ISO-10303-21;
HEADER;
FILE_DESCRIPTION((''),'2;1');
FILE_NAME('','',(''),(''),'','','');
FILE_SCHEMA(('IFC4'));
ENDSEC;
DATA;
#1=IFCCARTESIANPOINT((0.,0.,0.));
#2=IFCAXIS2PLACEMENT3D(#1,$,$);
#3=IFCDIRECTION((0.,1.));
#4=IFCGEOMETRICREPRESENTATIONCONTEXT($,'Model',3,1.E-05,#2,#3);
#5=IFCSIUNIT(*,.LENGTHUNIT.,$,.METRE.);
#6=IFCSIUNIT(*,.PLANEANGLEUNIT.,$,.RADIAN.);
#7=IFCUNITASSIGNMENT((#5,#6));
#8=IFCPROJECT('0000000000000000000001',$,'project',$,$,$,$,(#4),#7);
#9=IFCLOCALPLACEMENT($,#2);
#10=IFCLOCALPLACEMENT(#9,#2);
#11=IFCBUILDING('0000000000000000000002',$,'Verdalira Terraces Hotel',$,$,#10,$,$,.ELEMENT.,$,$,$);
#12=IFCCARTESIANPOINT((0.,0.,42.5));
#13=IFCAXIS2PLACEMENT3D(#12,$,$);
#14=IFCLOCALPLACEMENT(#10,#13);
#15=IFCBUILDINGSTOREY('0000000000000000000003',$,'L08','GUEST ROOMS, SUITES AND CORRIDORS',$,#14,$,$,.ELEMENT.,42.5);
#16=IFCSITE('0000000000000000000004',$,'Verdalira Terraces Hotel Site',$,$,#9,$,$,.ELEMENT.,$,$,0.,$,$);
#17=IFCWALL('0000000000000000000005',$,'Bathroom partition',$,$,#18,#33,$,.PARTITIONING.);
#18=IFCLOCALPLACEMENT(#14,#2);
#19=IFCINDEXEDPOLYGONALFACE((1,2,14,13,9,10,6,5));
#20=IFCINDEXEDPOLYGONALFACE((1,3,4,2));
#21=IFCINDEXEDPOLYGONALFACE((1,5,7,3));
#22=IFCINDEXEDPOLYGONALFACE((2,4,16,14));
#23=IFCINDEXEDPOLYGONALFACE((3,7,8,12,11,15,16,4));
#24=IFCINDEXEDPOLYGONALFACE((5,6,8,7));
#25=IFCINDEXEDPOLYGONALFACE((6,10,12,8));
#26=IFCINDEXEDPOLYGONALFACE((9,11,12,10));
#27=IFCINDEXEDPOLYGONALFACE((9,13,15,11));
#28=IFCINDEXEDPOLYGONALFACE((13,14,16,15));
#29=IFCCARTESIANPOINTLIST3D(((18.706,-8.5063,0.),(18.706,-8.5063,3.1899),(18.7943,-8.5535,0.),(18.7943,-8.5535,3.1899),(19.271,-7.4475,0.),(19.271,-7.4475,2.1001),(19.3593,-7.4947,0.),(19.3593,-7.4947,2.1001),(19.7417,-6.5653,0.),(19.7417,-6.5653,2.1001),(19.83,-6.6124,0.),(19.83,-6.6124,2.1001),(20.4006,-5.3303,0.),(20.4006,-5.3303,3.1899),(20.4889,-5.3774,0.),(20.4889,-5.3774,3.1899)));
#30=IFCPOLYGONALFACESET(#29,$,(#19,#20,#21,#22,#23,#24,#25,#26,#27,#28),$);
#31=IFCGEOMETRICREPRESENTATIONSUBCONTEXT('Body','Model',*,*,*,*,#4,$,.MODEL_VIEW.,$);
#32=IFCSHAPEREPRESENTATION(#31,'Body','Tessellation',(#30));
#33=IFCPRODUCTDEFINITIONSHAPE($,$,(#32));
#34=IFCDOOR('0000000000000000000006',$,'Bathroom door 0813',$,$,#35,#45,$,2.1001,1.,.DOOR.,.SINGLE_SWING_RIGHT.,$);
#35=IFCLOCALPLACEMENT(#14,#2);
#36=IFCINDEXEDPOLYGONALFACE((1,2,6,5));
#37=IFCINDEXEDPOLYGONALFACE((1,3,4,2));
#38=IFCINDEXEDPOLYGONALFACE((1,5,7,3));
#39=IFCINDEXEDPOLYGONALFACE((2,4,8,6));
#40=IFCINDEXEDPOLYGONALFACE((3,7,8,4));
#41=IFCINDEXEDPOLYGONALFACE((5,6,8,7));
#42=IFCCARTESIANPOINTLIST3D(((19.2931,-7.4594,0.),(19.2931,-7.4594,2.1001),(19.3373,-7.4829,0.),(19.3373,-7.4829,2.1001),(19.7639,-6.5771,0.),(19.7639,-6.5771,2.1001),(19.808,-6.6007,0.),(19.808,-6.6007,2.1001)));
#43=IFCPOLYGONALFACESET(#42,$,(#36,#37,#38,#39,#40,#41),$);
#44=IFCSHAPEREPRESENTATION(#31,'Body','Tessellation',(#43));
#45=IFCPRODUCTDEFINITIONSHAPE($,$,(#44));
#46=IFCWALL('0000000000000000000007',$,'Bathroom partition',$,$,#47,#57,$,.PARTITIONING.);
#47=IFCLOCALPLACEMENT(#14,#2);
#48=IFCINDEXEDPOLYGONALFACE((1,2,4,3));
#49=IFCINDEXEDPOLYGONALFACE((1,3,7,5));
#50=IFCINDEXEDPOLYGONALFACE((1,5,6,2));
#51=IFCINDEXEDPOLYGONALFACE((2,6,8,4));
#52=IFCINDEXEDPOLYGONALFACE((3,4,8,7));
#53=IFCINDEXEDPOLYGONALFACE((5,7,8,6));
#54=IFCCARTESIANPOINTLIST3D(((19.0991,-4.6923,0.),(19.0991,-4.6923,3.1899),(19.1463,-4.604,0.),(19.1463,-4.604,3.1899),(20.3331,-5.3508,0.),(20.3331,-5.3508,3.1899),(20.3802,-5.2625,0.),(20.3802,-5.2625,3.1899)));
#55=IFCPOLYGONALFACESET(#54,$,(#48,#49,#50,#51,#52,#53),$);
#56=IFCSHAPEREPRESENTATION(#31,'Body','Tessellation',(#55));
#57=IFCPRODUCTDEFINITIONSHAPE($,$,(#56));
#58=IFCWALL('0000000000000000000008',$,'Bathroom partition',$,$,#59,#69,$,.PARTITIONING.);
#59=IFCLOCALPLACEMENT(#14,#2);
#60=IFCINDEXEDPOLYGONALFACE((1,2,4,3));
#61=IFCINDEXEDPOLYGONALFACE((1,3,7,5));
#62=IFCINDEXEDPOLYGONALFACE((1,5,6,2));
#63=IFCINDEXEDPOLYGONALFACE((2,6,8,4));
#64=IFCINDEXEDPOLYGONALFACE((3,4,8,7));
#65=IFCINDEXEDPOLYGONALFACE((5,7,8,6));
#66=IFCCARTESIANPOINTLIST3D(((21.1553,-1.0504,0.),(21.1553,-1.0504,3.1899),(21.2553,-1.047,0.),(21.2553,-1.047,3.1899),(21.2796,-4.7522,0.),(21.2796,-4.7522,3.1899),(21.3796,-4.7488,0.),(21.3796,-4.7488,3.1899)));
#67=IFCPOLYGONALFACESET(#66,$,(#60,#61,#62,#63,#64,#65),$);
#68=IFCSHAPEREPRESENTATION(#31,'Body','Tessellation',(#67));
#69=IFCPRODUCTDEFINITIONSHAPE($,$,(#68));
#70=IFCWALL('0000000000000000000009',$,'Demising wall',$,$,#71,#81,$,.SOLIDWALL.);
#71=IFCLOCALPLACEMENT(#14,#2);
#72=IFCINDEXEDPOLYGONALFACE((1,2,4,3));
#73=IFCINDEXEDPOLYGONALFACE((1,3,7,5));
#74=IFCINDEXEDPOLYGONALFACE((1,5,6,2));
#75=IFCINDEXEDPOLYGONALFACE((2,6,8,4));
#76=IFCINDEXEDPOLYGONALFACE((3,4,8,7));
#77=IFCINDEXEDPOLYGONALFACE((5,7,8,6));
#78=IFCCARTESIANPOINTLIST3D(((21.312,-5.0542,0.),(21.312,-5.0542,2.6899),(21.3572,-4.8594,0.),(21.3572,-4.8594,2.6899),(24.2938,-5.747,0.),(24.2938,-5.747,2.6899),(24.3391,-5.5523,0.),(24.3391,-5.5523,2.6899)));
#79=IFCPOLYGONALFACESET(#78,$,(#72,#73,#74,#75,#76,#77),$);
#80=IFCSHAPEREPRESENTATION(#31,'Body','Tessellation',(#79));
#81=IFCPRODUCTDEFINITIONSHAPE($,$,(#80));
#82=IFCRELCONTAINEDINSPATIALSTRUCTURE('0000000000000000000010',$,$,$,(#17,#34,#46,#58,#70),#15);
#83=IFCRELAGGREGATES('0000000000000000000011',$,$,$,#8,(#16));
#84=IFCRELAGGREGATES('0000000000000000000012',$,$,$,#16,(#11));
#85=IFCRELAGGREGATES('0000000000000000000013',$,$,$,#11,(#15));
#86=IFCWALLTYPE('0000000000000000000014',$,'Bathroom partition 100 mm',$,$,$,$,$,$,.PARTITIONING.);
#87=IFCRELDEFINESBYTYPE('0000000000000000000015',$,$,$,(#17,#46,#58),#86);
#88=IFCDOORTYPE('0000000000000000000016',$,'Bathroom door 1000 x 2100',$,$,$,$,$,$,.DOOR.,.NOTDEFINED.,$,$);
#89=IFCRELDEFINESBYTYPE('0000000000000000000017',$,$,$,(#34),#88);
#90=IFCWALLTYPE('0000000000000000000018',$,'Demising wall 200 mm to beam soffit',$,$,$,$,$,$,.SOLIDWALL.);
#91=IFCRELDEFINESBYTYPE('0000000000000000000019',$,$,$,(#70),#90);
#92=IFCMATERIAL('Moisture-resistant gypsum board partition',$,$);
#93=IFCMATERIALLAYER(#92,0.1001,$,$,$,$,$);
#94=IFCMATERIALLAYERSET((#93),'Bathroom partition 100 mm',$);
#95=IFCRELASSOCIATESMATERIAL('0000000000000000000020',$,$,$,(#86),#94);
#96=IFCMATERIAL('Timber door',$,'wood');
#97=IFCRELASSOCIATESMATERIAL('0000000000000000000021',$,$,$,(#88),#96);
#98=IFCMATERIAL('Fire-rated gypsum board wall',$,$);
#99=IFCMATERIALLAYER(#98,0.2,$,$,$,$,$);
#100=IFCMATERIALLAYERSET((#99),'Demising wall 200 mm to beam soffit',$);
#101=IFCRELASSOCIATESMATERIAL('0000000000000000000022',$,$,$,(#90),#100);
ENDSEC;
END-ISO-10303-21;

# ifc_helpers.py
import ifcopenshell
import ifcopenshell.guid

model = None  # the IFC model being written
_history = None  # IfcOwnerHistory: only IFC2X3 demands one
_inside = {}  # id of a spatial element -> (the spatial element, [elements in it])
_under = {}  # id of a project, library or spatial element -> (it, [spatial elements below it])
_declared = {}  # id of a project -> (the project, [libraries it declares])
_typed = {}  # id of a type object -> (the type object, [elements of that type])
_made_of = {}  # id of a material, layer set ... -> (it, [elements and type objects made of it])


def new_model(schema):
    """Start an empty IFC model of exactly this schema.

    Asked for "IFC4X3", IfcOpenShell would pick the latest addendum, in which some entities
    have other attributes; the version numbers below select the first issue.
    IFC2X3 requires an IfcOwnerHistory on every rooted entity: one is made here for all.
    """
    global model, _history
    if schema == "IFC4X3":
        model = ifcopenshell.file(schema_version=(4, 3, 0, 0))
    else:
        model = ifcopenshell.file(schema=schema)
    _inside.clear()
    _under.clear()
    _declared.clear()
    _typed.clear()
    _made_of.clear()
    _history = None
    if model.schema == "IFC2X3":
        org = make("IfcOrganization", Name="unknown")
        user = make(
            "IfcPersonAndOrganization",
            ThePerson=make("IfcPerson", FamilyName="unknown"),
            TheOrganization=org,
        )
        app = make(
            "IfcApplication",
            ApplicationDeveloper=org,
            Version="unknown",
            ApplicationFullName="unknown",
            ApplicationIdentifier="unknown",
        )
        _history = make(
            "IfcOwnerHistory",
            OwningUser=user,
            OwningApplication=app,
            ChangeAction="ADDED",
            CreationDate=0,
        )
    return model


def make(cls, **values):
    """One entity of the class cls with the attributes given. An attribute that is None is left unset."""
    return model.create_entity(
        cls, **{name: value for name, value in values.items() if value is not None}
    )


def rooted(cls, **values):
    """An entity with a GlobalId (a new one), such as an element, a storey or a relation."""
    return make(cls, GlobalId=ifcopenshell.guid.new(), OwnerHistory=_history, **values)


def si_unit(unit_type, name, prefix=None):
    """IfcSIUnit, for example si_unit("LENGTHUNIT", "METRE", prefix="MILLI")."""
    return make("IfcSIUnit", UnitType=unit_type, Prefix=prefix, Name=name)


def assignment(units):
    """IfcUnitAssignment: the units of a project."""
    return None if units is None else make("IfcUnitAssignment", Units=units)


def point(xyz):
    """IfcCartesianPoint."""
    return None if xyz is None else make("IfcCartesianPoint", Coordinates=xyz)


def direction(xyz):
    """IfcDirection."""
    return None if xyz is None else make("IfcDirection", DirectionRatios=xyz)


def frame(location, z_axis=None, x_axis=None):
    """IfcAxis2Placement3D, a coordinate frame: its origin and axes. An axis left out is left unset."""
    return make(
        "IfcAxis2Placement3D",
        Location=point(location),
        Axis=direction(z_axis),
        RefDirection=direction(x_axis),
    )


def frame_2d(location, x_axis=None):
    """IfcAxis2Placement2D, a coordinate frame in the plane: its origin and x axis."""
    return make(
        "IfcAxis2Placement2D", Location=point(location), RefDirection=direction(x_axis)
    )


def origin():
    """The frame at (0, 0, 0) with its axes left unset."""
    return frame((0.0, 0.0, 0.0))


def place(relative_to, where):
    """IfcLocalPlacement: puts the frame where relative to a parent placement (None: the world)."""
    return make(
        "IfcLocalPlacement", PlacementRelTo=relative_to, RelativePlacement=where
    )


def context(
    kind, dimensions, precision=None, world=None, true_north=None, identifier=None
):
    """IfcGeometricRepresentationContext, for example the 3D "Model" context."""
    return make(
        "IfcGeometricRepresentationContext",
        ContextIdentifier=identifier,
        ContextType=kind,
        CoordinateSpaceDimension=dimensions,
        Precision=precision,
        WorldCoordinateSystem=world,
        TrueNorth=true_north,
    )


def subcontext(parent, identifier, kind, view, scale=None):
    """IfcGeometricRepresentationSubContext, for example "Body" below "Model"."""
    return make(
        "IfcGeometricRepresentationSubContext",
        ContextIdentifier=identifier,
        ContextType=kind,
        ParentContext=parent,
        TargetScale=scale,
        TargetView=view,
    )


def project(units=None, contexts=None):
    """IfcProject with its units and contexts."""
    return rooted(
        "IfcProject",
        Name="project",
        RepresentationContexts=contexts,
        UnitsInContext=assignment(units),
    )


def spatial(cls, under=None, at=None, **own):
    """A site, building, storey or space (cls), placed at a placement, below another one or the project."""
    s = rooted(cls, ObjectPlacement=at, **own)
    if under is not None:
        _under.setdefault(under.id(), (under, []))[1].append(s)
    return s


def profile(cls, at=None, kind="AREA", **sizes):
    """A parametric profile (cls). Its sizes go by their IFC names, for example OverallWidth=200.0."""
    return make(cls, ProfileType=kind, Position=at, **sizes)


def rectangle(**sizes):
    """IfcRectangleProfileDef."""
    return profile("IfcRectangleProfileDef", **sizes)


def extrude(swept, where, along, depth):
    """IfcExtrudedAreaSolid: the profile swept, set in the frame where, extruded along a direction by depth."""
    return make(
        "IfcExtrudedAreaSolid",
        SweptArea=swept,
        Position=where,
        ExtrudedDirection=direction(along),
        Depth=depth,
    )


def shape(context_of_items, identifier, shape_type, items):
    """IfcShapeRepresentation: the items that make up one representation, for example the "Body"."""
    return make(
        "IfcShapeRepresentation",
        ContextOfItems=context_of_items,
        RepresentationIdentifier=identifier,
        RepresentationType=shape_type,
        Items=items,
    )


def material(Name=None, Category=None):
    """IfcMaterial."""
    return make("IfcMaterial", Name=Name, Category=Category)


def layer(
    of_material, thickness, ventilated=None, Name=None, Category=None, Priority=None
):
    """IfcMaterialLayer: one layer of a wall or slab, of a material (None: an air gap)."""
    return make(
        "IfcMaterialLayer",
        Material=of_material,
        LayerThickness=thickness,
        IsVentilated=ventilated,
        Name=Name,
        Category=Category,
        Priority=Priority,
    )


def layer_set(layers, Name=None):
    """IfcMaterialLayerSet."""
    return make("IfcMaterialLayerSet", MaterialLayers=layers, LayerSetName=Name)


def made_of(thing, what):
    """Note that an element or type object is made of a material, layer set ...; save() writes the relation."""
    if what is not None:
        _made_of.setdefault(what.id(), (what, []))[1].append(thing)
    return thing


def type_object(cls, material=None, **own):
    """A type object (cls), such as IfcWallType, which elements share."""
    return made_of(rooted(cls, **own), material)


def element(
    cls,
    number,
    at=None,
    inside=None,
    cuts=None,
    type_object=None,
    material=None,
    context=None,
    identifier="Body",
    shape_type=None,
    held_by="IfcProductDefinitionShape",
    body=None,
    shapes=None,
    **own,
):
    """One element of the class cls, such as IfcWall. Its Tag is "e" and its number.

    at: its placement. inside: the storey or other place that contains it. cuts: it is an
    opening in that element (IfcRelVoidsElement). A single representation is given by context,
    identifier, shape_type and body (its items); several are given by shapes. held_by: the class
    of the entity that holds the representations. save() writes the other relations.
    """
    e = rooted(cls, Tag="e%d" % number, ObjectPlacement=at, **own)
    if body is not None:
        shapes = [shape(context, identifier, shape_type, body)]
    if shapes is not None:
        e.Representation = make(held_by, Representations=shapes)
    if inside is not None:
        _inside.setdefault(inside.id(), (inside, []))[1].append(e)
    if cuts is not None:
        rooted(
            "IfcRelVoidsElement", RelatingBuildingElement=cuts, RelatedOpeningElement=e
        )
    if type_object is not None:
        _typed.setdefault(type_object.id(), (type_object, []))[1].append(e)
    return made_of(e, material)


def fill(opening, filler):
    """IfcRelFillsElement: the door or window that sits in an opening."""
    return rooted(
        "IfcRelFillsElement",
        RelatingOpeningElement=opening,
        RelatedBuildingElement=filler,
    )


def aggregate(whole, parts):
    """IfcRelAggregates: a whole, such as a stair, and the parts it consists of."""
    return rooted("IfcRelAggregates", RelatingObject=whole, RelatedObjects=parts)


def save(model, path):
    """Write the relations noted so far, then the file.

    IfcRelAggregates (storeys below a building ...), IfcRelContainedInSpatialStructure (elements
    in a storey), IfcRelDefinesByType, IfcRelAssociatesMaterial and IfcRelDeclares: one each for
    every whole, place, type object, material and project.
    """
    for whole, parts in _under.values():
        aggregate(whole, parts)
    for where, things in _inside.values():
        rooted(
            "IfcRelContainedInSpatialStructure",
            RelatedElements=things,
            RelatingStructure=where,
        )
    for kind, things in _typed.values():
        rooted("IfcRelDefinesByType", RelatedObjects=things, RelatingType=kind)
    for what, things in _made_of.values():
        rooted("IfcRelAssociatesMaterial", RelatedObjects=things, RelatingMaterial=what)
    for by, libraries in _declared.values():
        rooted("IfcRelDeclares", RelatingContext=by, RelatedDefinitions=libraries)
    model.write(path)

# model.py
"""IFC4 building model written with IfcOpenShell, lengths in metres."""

from ifc_helpers import new_model, si_unit, direction, frame, frame_2d, origin, place, context, subcontext, project, spatial, rectangle, extrude, material, layer, layer_set, type_object, element, fill, save


model = new_model("IFC4")

# Units and contexts
model_context = context("Model", 3, precision=1e-05, world=origin(), true_north=direction((0.0, 1.0)))
body_context = subcontext(model_context, "Body", "Model", "MODEL_VIEW")
ifc_project = project(units=[si_unit("LENGTHUNIT", "METRE"), si_unit("PLANEANGLEUNIT", "RADIAN")], contexts=[model_context])

# Site, building, storey
site_placement = place(None, origin())
site = spatial("IfcSite", under=ifc_project, at=site_placement, Name="Verdalira Terraces Hotel Site", CompositionType="ELEMENT", RefElevation=0.0)
building_placement = place(site_placement, origin())
building = spatial("IfcBuilding", under=site, at=building_placement, Name="Verdalira Terraces Hotel", CompositionType="ELEMENT")
storey_placement = place(building_placement, frame((0.0, 0.0, 42.5)))
storey = spatial("IfcBuildingStorey", under=building, at=storey_placement, Name="L08", Description="GUEST ROOMS, SUITES AND CORRIDORS", CompositionType="ELEMENT", Elevation=42.5)

# Wall, opening, door
ifc_material_1 = material(Name="Moisture-resistant gypsum board partition")
ifc_layer_1 = layer(ifc_material_1, 0.1001)
ifc_layer_set_1 = layer_set([ifc_layer_1], Name="Bathroom partition 100 mm")
wall_type_1 = type_object("IfcWallType", Name="Bathroom partition 100 mm", PredefinedType="PARTITIONING", material=ifc_layer_set_1)
wall_1_placement = place(storey_placement, frame((18.7502, -8.5298, 0.0), z_axis=(0.0, 0.0, 1.0), x_axis=(0.47074, 0.882272, 0.0)))
wall_1 = element("IfcWall", 1, at=wall_1_placement, inside=storey, type_object=wall_type_1, Name="Bathroom partition", PredefinedType="PARTITIONING", context=body_context, shape_type="SweptSolid", body=[
    extrude(rectangle(XDim=3.5999, YDim=0.1001, at=frame_2d((1.7998, 0.0))), origin(), (0.0, 0.0, 1.0), 3.1899),
])
opening_1_placement = place(wall_1_placement, frame((1.2, 0.0, 0.0)))
opening_1 = element("IfcOpeningElement", 2, at=opening_1_placement, cuts=wall_1, PredefinedType="OPENING", context=body_context, shape_type="SweptSolid", body=[
    extrude(rectangle(XDim=1.0, YDim=2.1001, at=frame_2d((0.5, 1.05))), frame((0.0, 0.0601, 0.0), z_axis=(0.0, -1.0, 0.0), x_axis=(1.0, 0.0, 0.0)), (0.0, 0.0, 1.0), 0.1201),
])
ifc_material_2 = material(Name="Timber door", Category="wood")
door_type_1 = type_object("IfcDoorType", Name="Bathroom door 1000 x 2100", OperationType="NOTDEFINED", PredefinedType="DOOR", material=ifc_material_2)
door_1_placement = place(opening_1_placement, origin())
door_1 = element("IfcDoor", 3, at=door_1_placement, inside=storey, type_object=door_type_1, Name="Bathroom door 0813", OperationType="SINGLE_SWING_RIGHT", OverallHeight=2.1001, OverallWidth=1.0, PredefinedType="DOOR", context=body_context, shape_type="SweptSolid", body=[
    extrude(rectangle(XDim=1.0, YDim=2.1001, at=frame_2d((0.5, 1.05))), frame((0.0, 0.0249, 0.0), z_axis=(0.0, -1.0, 0.0), x_axis=(1.0, 0.0, 0.0)), (0.0, 0.0, 1.0), 0.05),
])
fill(opening_1, door_1)

# Walls
wall_2_placement = place(storey_placement, frame((19.1228, -4.6482, 0.0), z_axis=(0.0, 0.0, 1.0), x_axis=(0.882242, -0.470797, 0.0)))
element("IfcWall", 4, at=wall_2_placement, inside=storey, type_object=wall_type_1, Name="Bathroom partition", PredefinedType="PARTITIONING", context=body_context, shape_type="SweptSolid", body=[
    extrude(rectangle(XDim=1.3987, YDim=0.1001, at=frame_2d((0.6992, 0.0))), origin(), (0.0, 0.0, 1.0), 3.1899),
])
wall_3_placement = place(storey_placement, frame((21.2053, -1.0486, 0.0), z_axis=(0.0, 0.0, 1.0), x_axis=(0.033552, -0.999437, 0.0)))
element("IfcWall", 5, at=wall_3_placement, inside=storey, type_object=wall_type_1, Name="Bathroom partition", PredefinedType="PARTITIONING", context=body_context, shape_type="SweptSolid", body=[
    extrude(rectangle(XDim=3.7039, YDim=0.1001, at=frame_2d((1.8521, 0.0))), origin(), (0.0, 0.0, 1.0), 3.1899),
])
ifc_material_3 = material(Name="Fire-rated gypsum board wall")
ifc_layer_2 = layer(ifc_material_3, 0.2)
ifc_layer_set_2 = layer_set([ifc_layer_2], Name="Demising wall 200 mm to beam soffit")
wall_type_2 = type_object("IfcWallType", Name="Demising wall 200 mm to beam soffit", PredefinedType="SOLIDWALL", material=ifc_layer_set_2)
wall_4_placement = place(storey_placement, frame((21.3345, -4.9568, 0.0), z_axis=(0.0, 0.0, 1.0), x_axis=(0.974051, -0.226327, 0.0)))
element("IfcWall", 6, at=wall_4_placement, inside=storey, type_object=wall_type_2, Name="Demising wall", PredefinedType="SOLIDWALL", context=body_context, shape_type="SweptSolid", body=[
    extrude(rectangle(XDim=3.0613, YDim=0.2, at=frame_2d((1.5308, 0.0))), origin(), (0.0, 0.0, 1.0), 2.6899),
])

save(model, "model.ifc")
